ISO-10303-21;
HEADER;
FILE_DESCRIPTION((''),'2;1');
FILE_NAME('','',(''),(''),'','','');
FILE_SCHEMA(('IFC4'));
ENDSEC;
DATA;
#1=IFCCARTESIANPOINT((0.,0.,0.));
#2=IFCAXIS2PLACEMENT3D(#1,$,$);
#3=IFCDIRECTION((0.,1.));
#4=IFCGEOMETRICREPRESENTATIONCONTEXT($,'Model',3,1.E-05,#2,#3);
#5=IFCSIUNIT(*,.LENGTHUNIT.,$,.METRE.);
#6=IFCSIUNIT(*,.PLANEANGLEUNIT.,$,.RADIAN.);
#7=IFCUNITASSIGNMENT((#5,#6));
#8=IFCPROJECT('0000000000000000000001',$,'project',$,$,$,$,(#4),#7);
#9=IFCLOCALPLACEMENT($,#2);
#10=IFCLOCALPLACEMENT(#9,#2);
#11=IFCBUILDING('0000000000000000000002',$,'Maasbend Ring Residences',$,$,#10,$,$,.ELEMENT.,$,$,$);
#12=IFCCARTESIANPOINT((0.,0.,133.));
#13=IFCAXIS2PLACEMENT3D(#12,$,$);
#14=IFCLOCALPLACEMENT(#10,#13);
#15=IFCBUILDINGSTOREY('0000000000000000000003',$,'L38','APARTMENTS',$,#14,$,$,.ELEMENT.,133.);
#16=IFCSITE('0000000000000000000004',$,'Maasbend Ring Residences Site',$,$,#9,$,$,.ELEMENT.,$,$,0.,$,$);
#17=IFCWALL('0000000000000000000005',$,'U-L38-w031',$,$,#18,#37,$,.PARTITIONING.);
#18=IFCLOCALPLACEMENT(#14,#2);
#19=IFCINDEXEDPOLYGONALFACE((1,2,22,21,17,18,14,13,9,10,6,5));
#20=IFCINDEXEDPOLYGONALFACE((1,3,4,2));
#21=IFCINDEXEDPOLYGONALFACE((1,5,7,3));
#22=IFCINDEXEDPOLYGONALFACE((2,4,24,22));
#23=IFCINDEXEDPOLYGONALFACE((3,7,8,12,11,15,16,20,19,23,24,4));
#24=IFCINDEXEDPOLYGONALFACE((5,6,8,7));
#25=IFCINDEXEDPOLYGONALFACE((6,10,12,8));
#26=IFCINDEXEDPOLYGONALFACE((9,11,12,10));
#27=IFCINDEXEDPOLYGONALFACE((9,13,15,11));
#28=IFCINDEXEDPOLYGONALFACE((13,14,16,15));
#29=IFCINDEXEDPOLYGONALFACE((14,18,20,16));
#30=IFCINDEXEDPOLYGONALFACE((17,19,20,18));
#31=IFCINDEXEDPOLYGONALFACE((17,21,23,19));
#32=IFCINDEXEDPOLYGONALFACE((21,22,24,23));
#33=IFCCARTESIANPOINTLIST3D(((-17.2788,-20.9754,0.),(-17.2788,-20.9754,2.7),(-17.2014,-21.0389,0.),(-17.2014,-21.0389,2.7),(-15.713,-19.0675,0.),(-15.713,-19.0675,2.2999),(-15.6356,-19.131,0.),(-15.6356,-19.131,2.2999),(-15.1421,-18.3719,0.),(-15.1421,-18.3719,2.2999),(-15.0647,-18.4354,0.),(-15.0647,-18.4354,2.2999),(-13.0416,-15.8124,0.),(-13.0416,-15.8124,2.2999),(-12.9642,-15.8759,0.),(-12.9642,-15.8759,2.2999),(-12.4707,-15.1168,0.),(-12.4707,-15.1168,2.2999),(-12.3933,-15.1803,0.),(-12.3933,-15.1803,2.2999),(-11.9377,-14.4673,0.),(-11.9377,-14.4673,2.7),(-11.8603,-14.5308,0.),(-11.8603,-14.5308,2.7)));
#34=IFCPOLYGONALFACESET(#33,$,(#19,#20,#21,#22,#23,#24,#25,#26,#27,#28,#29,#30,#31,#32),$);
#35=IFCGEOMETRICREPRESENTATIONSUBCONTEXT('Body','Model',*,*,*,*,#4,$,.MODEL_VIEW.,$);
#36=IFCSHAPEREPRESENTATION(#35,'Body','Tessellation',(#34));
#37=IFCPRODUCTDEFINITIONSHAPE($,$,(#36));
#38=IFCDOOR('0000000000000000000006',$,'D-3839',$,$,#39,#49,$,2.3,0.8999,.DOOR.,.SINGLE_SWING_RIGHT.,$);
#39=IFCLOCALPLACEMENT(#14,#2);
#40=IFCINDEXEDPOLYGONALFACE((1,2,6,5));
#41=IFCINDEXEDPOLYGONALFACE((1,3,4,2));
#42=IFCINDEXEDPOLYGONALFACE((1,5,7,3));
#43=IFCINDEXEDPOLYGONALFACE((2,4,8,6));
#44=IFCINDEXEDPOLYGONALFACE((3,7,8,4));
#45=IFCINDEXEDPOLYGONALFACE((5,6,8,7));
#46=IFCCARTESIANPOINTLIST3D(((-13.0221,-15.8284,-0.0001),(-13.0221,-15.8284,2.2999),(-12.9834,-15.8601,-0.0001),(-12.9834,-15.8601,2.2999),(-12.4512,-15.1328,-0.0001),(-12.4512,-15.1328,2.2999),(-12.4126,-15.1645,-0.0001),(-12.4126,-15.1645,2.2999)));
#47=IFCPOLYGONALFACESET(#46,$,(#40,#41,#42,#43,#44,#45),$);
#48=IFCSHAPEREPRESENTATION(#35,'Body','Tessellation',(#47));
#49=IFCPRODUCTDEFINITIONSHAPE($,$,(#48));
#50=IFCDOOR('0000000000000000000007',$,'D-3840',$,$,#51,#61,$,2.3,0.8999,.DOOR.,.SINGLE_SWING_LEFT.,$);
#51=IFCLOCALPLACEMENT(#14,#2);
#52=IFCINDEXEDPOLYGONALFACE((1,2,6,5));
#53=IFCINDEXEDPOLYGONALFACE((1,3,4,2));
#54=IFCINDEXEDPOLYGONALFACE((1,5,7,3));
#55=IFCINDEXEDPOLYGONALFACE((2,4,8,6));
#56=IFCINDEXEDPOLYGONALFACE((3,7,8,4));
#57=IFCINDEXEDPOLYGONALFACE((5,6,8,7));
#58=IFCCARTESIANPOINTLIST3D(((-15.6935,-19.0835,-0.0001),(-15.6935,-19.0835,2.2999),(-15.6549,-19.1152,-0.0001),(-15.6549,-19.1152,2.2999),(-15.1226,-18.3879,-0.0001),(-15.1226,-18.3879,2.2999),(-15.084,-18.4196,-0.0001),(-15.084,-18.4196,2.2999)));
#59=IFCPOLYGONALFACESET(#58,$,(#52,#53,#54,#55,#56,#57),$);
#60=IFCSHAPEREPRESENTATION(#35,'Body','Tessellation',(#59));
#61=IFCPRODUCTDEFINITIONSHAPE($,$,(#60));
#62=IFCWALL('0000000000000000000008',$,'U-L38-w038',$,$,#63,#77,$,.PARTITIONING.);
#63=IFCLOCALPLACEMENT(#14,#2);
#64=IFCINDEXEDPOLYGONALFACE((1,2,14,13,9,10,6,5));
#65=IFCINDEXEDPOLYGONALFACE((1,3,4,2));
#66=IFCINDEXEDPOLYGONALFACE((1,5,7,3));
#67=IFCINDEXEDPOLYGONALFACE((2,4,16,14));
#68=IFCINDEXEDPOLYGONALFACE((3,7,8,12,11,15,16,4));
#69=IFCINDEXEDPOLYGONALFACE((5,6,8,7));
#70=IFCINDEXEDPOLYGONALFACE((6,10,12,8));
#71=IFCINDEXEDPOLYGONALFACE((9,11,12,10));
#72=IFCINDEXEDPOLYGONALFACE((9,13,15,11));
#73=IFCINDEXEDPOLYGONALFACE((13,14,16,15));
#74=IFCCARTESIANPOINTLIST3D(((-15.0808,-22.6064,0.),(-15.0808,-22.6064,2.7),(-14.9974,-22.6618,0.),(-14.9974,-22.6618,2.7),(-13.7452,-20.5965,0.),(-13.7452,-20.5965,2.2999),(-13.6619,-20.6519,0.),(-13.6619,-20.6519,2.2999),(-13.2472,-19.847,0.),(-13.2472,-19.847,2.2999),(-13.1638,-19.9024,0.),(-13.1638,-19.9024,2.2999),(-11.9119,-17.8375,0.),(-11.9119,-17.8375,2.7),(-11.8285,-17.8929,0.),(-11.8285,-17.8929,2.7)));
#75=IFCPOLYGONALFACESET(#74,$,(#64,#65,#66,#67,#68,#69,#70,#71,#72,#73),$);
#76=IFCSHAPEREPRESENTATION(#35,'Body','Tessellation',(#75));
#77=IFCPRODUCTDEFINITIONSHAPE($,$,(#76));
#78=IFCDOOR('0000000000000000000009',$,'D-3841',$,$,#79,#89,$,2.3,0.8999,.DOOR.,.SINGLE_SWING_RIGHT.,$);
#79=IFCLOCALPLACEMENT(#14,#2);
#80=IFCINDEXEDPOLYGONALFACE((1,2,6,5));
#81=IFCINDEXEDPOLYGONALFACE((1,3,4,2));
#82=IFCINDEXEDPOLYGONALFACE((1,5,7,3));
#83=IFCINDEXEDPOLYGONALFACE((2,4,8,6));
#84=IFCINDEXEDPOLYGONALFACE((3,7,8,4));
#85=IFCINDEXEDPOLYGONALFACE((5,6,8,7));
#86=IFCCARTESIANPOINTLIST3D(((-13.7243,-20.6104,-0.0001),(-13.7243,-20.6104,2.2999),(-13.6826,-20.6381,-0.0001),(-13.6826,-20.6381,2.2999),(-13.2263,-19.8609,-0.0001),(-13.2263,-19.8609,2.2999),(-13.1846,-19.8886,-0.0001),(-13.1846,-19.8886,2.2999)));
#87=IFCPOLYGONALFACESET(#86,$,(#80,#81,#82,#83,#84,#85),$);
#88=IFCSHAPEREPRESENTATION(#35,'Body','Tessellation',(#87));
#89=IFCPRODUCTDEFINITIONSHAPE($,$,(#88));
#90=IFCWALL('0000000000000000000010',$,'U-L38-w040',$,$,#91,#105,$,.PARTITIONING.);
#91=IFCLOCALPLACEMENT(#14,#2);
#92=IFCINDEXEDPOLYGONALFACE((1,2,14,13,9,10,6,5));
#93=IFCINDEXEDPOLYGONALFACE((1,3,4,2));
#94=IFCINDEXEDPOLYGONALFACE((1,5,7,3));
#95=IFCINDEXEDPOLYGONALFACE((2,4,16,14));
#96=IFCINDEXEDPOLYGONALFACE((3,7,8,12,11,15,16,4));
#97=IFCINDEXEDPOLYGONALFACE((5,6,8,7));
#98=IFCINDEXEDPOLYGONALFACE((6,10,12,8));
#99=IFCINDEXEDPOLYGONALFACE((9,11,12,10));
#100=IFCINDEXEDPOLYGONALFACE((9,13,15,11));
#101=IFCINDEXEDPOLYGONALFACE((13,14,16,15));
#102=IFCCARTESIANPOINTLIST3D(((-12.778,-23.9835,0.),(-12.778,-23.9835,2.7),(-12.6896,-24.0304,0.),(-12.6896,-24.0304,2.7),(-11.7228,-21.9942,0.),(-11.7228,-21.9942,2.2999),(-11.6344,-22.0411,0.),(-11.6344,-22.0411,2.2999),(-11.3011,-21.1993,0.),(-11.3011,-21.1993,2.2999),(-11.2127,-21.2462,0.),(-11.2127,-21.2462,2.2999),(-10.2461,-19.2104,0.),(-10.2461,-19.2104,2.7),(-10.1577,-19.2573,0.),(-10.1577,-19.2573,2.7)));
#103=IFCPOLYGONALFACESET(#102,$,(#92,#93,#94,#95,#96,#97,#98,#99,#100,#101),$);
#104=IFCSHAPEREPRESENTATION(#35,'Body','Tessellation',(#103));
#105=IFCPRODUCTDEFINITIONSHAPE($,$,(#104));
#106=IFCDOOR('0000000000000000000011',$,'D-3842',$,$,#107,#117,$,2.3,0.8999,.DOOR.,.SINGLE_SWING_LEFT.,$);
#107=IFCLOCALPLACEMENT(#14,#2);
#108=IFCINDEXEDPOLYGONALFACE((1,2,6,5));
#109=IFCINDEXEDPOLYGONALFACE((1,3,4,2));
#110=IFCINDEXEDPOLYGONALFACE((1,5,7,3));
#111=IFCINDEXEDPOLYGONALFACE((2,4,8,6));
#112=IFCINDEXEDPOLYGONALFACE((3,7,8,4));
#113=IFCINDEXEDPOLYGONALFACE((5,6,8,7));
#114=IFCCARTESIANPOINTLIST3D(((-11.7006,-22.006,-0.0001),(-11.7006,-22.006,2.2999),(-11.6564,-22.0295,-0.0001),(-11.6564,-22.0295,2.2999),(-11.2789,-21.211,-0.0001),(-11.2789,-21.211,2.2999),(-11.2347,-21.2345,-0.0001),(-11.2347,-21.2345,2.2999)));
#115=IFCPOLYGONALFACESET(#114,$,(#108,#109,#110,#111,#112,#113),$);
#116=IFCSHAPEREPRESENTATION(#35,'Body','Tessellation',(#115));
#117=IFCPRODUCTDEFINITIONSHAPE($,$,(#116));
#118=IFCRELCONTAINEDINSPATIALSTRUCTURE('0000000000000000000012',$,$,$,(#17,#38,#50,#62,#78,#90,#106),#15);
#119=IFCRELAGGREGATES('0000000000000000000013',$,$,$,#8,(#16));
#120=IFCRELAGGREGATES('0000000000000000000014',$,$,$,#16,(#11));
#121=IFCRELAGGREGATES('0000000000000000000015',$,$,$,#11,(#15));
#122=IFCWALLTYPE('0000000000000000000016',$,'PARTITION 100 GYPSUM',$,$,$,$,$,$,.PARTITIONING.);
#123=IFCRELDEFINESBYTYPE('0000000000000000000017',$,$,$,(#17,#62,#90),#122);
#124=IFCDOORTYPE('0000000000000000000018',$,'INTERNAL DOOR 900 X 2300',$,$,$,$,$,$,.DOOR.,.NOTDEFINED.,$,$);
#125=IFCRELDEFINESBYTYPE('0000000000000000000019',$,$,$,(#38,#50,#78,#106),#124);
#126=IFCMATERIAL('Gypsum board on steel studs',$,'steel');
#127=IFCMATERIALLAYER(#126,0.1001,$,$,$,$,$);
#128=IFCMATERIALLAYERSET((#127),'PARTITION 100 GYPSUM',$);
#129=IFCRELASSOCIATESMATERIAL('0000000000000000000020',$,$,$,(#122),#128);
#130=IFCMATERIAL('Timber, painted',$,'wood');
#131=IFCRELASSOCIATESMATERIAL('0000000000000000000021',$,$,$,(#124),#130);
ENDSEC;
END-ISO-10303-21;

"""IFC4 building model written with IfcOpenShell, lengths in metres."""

from ifc_helpers import new_model, si_unit, direction, frame, frame_2d, origin, place, context, subcontext, project, spatial, rectangle, extrude, material, layer, layer_set, type_object, element, fill, save


model = new_model("IFC4")

# Units and contexts
model_context = context("Model", 3, precision=1e-05, world=origin(), true_north=direction((0.0, 1.0)))
body_context = subcontext(model_context, "Body", "Model", "MODEL_VIEW")
ifc_project = project(units=[si_unit("LENGTHUNIT", "METRE"), si_unit("PLANEANGLEUNIT", "RADIAN")], contexts=[model_context])

# Site, building, storey
site_placement = place(None, origin())
site = spatial("IfcSite", under=ifc_project, at=site_placement, Name="Maasbend Ring Residences Site", CompositionType="ELEMENT", RefElevation=0.0)
building_placement = place(site_placement, origin())
building = spatial("IfcBuilding", under=site, at=building_placement, Name="Maasbend Ring Residences", CompositionType="ELEMENT")
storey_placement = place(building_placement, frame((0.0, 0.0, 133.0)))
storey = spatial("IfcBuildingStorey", under=building, at=storey_placement, Name="L38", Description="APARTMENTS", CompositionType="ELEMENT", Elevation=133.0)

# Wall, openings, doors
ifc_material_1 = material(Name="Gypsum board on steel studs", Category="steel")
ifc_layer_1 = layer(ifc_material_1, 0.1001)
ifc_layer_set_1 = layer_set([ifc_layer_1], Name="PARTITION 100 GYPSUM")
wall_type_1 = type_object("IfcWallType", Name="PARTITION 100 GYPSUM", PredefinedType="PARTITIONING", material=ifc_layer_set_1)
wall_1_placement = place(storey_placement, frame((-17.24, -21.0071, 0.0), z_axis=(0.0, 0.0, 1.0), x_axis=(0.634396, 0.773008, 0.0)))
wall_1 = element("IfcWall", 1, at=wall_1_placement, inside=storey, type_object=wall_type_1, Name="U-L38-w031", PredefinedType="PARTITIONING", context=body_context, shape_type="SweptSolid", body=[
    extrude(rectangle(XDim=8.4192, YDim=0.1001, at=frame_2d((4.2095, 0.0))), origin(), (0.0, 0.0, 1.0), 2.7),
])
opening_1_placement = place(wall_1_placement, frame((6.679, 0.0, 0.0)))
opening_1 = element("IfcOpeningElement", 2, at=opening_1_placement, cuts=wall_1, PredefinedType="OPENING", context=body_context, shape_type="SweptSolid", body=[
    extrude(rectangle(XDim=0.8999, YDim=2.3, at=frame_2d((0.45, 1.1499))), frame((0.0, 0.0601, 0.0), z_axis=(0.0, -1.0, 0.0), x_axis=(1.0, 0.0, 0.0)), (0.0, 0.0, 1.0), 0.1201),
])
opening_2_placement = place(wall_1_placement, frame((2.468, 0.0, 0.0)))
opening_2 = element("IfcOpeningElement", 3, at=opening_2_placement, cuts=wall_1, PredefinedType="OPENING", context=body_context, shape_type="SweptSolid", body=[
    extrude(rectangle(XDim=0.8999, YDim=2.3, at=frame_2d((0.45, 1.1499))), frame((0.0, 0.0601, 0.0), z_axis=(0.0, -1.0, 0.0), x_axis=(1.0, 0.0, 0.0)), (0.0, 0.0, 1.0), 0.1201),
])
ifc_material_2 = material(Name="Timber, painted", Category="wood")
door_type_1 = type_object("IfcDoorType", Name="INTERNAL DOOR 900 X 2300", OperationType="NOTDEFINED", PredefinedType="DOOR", material=ifc_material_2)
door_1_placement = place(opening_1_placement, origin())
door_1 = element("IfcDoor", 4, at=door_1_placement, inside=storey, type_object=door_type_1, Name="D-3839", OperationType="SINGLE_SWING_RIGHT", OverallHeight=2.3, OverallWidth=0.8999, PredefinedType="DOOR", context=body_context, shape_type="SweptSolid", body=[
    extrude(rectangle(XDim=0.8999, YDim=2.3, at=frame_2d((0.45, 1.1499))), frame((0.0, 0.0249, 0.0), z_axis=(0.0, -1.0, 0.0), x_axis=(1.0, 0.0, 0.0)), (0.0, 0.0, 1.0), 0.05),
])
fill(opening_1, door_1)
door_2_placement = place(opening_2_placement, origin())
door_2 = element("IfcDoor", 5, at=door_2_placement, inside=storey, type_object=door_type_1, Name="D-3840", OperationType="SINGLE_SWING_LEFT", OverallHeight=2.3, OverallWidth=0.8999, PredefinedType="DOOR", context=body_context, shape_type="SweptSolid", body=[
    extrude(rectangle(XDim=0.8999, YDim=2.3, at=frame_2d((0.45, 1.1499))), frame((0.0, 0.0249, 0.0), z_axis=(0.0, -1.0, 0.0), x_axis=(1.0, 0.0, 0.0)), (0.0, 0.0, 1.0), 0.05),
])
fill(opening_2, door_2)

# Walls, openings, doors
wall_2_placement = place(storey_placement, frame((-15.0391, -22.634, 0.0), z_axis=(0.0, 0.0, 1.0), x_axis=(0.55344, 0.832889, 0.0)))
wall_2 = element("IfcWall", 6, at=wall_2_placement, inside=storey, type_object=wall_type_1, Name="U-L38-w038", PredefinedType="PARTITIONING", context=body_context, shape_type="SweptSolid", body=[
    extrude(rectangle(XDim=5.7258, YDim=0.1001, at=frame_2d((2.8628, 0.0))), origin(), (0.0, 0.0, 1.0), 2.7),
])
opening_3_placement = place(wall_2_placement, frame((2.4131, 0.0, 0.0)))
opening_3 = element("IfcOpeningElement", 7, at=opening_3_placement, cuts=wall_2, PredefinedType="OPENING", context=body_context, shape_type="SweptSolid", body=[
    extrude(rectangle(XDim=0.8999, YDim=2.3, at=frame_2d((0.45, 1.1499))), frame((0.0, 0.0601, 0.0), z_axis=(0.0, -1.0, 0.0), x_axis=(1.0, 0.0, 0.0)), (0.0, 0.0, 1.0), 0.1201),
])
door_3_placement = place(opening_3_placement, origin())
door_3 = element("IfcDoor", 8, at=door_3_placement, inside=storey, type_object=door_type_1, Name="D-3841", OperationType="SINGLE_SWING_RIGHT", OverallHeight=2.3, OverallWidth=0.8999, PredefinedType="DOOR", context=body_context, shape_type="SweptSolid", body=[
    extrude(rectangle(XDim=0.8999, YDim=2.3, at=frame_2d((0.45, 1.1499))), frame((0.0, 0.0249, 0.0), z_axis=(0.0, -1.0, 0.0), x_axis=(1.0, 0.0, 0.0)), (0.0, 0.0, 1.0), 0.05),
])
fill(opening_3, door_3)
wall_3_placement = place(storey_placement, frame((-12.7339, -24.0071, 0.0), z_axis=(0.0, 0.0, 1.0), x_axis=(0.46861, 0.883405, 0.0)))
wall_3 = element("IfcWall", 9, at=wall_3_placement, inside=storey, type_object=wall_type_1, Name="U-L38-w040", PredefinedType="PARTITIONING", context=body_context, shape_type="SweptSolid", body=[
    extrude(rectangle(XDim=5.4031, YDim=0.1001, at=frame_2d((2.7017, 0.0))), origin(), (0.0, 0.0, 1.0), 2.7),
])
opening_4_placement = place(wall_3_placement, frame((2.252, 0.0, 0.0)))
opening_4 = element("IfcOpeningElement", 10, at=opening_4_placement, cuts=wall_3, PredefinedType="OPENING", context=body_context, shape_type="SweptSolid", body=[
    extrude(rectangle(XDim=0.8999, YDim=2.3, at=frame_2d((0.45, 1.1499))), frame((0.0, 0.0601, 0.0), z_axis=(0.0, -1.0, 0.0), x_axis=(1.0, 0.0, 0.0)), (0.0, 0.0, 1.0), 0.1201),
])
door_4_placement = place(opening_4_placement, origin())
door_4 = element("IfcDoor", 11, at=door_4_placement, inside=storey, type_object=door_type_1, Name="D-3842", OperationType="SINGLE_SWING_LEFT", OverallHeight=2.3, OverallWidth=0.8999, PredefinedType="DOOR", context=body_context, shape_type="SweptSolid", body=[
    extrude(rectangle(XDim=0.8999, YDim=2.3, at=frame_2d((0.45, 1.1499))), frame((0.0, 0.0249, 0.0), z_axis=(0.0, -1.0, 0.0), x_axis=(1.0, 0.0, 0.0)), (0.0, 0.0, 1.0), 0.05),
])
fill(opening_4, door_4)

save(model, "model.ifc")
